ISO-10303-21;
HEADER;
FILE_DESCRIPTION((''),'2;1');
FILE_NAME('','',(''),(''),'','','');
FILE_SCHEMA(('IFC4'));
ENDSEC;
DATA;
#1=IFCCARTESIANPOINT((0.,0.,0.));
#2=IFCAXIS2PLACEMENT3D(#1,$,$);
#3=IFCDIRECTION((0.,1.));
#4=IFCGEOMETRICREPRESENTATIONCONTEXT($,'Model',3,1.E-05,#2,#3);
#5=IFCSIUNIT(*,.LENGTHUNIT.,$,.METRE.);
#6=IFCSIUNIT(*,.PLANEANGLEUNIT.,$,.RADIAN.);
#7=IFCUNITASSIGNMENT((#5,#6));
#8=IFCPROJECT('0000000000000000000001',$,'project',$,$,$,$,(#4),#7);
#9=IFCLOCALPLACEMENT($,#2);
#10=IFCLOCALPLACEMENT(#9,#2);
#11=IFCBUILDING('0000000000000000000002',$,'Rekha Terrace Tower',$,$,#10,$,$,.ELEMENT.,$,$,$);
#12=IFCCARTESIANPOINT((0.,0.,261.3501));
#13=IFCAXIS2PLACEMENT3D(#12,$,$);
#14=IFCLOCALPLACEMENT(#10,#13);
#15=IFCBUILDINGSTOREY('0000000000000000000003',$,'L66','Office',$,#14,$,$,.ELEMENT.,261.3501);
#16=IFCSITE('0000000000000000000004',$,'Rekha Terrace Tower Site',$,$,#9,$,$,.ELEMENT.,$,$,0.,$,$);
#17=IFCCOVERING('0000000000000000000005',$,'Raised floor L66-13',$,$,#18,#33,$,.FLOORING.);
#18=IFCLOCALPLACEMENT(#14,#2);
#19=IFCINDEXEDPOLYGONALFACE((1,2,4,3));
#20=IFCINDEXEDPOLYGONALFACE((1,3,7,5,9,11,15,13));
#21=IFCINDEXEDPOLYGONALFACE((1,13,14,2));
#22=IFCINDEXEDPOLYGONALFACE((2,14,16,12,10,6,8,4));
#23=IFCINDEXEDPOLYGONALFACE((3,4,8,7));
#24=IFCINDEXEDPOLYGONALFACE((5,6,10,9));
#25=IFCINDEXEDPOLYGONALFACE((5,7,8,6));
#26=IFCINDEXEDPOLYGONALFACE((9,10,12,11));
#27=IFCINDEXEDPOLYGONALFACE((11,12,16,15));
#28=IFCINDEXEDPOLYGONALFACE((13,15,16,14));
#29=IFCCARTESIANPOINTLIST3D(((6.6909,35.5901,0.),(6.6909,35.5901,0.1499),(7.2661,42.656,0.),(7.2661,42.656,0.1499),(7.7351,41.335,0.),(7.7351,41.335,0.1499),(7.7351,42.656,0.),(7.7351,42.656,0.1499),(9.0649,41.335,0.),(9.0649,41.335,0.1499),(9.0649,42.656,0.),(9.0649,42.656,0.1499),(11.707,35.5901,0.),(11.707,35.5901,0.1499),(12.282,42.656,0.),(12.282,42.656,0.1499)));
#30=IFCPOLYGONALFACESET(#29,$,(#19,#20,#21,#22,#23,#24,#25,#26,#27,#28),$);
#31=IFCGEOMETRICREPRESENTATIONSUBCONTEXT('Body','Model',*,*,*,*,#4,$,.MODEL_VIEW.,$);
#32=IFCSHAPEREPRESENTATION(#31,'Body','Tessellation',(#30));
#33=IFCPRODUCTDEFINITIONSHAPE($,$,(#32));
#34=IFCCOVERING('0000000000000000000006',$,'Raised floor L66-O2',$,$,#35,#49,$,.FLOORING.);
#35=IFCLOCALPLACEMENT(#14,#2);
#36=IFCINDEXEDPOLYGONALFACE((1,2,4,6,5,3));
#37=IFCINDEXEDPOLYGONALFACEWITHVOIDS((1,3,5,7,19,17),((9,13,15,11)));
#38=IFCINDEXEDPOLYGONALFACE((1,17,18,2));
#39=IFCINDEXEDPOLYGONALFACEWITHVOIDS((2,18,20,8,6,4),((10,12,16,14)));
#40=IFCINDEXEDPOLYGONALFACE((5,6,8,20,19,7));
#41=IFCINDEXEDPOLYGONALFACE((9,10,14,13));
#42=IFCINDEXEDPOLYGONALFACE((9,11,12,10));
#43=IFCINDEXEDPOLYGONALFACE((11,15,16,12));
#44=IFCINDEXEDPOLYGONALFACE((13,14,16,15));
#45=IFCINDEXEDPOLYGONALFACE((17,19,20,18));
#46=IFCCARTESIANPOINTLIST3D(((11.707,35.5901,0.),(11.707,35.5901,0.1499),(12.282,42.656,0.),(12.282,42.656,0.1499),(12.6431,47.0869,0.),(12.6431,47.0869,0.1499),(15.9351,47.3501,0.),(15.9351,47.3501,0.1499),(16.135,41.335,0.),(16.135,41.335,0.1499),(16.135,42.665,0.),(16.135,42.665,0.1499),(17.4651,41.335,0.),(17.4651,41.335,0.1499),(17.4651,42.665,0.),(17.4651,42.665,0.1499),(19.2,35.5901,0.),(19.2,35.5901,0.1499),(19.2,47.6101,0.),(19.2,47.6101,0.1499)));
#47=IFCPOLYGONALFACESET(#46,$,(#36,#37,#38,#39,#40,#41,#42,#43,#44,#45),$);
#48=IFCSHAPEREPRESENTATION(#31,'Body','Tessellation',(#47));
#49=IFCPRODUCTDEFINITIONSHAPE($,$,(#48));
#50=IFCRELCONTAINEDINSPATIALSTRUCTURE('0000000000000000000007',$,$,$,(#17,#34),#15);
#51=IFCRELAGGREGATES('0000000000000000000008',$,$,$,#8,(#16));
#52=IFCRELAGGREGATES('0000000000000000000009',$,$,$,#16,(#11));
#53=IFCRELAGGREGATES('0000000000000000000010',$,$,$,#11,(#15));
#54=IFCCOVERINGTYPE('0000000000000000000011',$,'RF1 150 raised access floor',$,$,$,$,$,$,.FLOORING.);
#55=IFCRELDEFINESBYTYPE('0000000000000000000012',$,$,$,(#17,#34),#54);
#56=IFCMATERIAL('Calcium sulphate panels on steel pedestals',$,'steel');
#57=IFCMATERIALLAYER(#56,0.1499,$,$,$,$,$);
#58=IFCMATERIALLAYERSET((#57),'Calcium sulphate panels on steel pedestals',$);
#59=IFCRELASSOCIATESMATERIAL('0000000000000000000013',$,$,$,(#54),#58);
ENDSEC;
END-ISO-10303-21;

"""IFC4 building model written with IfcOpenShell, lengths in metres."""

from ifc_helpers import new_model, si_unit, direction, frame, origin, place, context, subcontext, project, spatial, polyline, outline, extrude, material, layer, layer_set, type_object, element, save


model = new_model("IFC4")

# Units and contexts
model_context = context("Model", 3, precision=1e-05, world=origin(), true_north=direction((0.0, 1.0)))
body_context = subcontext(model_context, "Body", "Model", "MODEL_VIEW")
ifc_project = project(units=[si_unit("LENGTHUNIT", "METRE"), si_unit("PLANEANGLEUNIT", "RADIAN")], contexts=[model_context])

# Site, building, storey
site_placement = place(None, origin())
site = spatial("IfcSite", under=ifc_project, at=site_placement, Name="Rekha Terrace Tower Site", CompositionType="ELEMENT", RefElevation=0.0)
building_placement = place(site_placement, origin())
building = spatial("IfcBuilding", under=site, at=building_placement, Name="Rekha Terrace Tower", CompositionType="ELEMENT")
storey_placement = place(building_placement, frame((0.0, 0.0, 261.3501)))
storey = spatial("IfcBuildingStorey", under=building, at=storey_placement, Name="L66", Description="Office", CompositionType="ELEMENT", Elevation=261.3501)

# Coverings
ifc_material_1 = material(Name="Calcium sulphate panels on steel pedestals", Category="steel")
ifc_layer_1 = layer(ifc_material_1, 0.1499)
ifc_layer_set_1 = layer_set([ifc_layer_1], Name="Calcium sulphate panels on steel pedestals")
covering_type_1 = type_object("IfcCoveringType", Name="RF1 150 raised access floor", PredefinedType="FLOORING", material=ifc_layer_set_1)
covering_1_placement = place(storey_placement, origin())
element("IfcCovering", 1, at=covering_1_placement, inside=storey, type_object=covering_type_1, Name="Raised floor L66-13", PredefinedType="FLOORING", context=body_context, shape_type="SweptSolid", body=[
    extrude(outline(polyline([(7.7351, 42.656), (7.2661, 42.656), (6.6909, 35.5901), (11.707, 35.5901), (12.282, 42.656), (9.0649, 42.656), (9.0649, 41.335), (7.7351, 41.335), (7.7351, 42.656)])), origin(), (0.0, 0.0, 1.0), 0.1499),
])
covering_2_placement = place(storey_placement, origin())
element("IfcCovering", 2, at=covering_2_placement, inside=storey, type_object=covering_type_1, Name="Raised floor L66-O2", PredefinedType="FLOORING", context=body_context, shape_type="SweptSolid", body=[
    extrude(outline(polyline([(12.6431, 47.0869), (12.282, 42.656), (11.707, 35.5901), (19.2, 35.5901), (19.2, 47.6101), (15.9351, 47.3501), (12.6431, 47.0869)]), holes=[polyline([(17.4651, 41.335), (16.135, 41.335), (16.135, 42.665), (17.4651, 42.665), (17.4651, 41.335)])]), origin(), (0.0, 0.0, 1.0), 0.1499),
])

save(model, "model.ifc")
